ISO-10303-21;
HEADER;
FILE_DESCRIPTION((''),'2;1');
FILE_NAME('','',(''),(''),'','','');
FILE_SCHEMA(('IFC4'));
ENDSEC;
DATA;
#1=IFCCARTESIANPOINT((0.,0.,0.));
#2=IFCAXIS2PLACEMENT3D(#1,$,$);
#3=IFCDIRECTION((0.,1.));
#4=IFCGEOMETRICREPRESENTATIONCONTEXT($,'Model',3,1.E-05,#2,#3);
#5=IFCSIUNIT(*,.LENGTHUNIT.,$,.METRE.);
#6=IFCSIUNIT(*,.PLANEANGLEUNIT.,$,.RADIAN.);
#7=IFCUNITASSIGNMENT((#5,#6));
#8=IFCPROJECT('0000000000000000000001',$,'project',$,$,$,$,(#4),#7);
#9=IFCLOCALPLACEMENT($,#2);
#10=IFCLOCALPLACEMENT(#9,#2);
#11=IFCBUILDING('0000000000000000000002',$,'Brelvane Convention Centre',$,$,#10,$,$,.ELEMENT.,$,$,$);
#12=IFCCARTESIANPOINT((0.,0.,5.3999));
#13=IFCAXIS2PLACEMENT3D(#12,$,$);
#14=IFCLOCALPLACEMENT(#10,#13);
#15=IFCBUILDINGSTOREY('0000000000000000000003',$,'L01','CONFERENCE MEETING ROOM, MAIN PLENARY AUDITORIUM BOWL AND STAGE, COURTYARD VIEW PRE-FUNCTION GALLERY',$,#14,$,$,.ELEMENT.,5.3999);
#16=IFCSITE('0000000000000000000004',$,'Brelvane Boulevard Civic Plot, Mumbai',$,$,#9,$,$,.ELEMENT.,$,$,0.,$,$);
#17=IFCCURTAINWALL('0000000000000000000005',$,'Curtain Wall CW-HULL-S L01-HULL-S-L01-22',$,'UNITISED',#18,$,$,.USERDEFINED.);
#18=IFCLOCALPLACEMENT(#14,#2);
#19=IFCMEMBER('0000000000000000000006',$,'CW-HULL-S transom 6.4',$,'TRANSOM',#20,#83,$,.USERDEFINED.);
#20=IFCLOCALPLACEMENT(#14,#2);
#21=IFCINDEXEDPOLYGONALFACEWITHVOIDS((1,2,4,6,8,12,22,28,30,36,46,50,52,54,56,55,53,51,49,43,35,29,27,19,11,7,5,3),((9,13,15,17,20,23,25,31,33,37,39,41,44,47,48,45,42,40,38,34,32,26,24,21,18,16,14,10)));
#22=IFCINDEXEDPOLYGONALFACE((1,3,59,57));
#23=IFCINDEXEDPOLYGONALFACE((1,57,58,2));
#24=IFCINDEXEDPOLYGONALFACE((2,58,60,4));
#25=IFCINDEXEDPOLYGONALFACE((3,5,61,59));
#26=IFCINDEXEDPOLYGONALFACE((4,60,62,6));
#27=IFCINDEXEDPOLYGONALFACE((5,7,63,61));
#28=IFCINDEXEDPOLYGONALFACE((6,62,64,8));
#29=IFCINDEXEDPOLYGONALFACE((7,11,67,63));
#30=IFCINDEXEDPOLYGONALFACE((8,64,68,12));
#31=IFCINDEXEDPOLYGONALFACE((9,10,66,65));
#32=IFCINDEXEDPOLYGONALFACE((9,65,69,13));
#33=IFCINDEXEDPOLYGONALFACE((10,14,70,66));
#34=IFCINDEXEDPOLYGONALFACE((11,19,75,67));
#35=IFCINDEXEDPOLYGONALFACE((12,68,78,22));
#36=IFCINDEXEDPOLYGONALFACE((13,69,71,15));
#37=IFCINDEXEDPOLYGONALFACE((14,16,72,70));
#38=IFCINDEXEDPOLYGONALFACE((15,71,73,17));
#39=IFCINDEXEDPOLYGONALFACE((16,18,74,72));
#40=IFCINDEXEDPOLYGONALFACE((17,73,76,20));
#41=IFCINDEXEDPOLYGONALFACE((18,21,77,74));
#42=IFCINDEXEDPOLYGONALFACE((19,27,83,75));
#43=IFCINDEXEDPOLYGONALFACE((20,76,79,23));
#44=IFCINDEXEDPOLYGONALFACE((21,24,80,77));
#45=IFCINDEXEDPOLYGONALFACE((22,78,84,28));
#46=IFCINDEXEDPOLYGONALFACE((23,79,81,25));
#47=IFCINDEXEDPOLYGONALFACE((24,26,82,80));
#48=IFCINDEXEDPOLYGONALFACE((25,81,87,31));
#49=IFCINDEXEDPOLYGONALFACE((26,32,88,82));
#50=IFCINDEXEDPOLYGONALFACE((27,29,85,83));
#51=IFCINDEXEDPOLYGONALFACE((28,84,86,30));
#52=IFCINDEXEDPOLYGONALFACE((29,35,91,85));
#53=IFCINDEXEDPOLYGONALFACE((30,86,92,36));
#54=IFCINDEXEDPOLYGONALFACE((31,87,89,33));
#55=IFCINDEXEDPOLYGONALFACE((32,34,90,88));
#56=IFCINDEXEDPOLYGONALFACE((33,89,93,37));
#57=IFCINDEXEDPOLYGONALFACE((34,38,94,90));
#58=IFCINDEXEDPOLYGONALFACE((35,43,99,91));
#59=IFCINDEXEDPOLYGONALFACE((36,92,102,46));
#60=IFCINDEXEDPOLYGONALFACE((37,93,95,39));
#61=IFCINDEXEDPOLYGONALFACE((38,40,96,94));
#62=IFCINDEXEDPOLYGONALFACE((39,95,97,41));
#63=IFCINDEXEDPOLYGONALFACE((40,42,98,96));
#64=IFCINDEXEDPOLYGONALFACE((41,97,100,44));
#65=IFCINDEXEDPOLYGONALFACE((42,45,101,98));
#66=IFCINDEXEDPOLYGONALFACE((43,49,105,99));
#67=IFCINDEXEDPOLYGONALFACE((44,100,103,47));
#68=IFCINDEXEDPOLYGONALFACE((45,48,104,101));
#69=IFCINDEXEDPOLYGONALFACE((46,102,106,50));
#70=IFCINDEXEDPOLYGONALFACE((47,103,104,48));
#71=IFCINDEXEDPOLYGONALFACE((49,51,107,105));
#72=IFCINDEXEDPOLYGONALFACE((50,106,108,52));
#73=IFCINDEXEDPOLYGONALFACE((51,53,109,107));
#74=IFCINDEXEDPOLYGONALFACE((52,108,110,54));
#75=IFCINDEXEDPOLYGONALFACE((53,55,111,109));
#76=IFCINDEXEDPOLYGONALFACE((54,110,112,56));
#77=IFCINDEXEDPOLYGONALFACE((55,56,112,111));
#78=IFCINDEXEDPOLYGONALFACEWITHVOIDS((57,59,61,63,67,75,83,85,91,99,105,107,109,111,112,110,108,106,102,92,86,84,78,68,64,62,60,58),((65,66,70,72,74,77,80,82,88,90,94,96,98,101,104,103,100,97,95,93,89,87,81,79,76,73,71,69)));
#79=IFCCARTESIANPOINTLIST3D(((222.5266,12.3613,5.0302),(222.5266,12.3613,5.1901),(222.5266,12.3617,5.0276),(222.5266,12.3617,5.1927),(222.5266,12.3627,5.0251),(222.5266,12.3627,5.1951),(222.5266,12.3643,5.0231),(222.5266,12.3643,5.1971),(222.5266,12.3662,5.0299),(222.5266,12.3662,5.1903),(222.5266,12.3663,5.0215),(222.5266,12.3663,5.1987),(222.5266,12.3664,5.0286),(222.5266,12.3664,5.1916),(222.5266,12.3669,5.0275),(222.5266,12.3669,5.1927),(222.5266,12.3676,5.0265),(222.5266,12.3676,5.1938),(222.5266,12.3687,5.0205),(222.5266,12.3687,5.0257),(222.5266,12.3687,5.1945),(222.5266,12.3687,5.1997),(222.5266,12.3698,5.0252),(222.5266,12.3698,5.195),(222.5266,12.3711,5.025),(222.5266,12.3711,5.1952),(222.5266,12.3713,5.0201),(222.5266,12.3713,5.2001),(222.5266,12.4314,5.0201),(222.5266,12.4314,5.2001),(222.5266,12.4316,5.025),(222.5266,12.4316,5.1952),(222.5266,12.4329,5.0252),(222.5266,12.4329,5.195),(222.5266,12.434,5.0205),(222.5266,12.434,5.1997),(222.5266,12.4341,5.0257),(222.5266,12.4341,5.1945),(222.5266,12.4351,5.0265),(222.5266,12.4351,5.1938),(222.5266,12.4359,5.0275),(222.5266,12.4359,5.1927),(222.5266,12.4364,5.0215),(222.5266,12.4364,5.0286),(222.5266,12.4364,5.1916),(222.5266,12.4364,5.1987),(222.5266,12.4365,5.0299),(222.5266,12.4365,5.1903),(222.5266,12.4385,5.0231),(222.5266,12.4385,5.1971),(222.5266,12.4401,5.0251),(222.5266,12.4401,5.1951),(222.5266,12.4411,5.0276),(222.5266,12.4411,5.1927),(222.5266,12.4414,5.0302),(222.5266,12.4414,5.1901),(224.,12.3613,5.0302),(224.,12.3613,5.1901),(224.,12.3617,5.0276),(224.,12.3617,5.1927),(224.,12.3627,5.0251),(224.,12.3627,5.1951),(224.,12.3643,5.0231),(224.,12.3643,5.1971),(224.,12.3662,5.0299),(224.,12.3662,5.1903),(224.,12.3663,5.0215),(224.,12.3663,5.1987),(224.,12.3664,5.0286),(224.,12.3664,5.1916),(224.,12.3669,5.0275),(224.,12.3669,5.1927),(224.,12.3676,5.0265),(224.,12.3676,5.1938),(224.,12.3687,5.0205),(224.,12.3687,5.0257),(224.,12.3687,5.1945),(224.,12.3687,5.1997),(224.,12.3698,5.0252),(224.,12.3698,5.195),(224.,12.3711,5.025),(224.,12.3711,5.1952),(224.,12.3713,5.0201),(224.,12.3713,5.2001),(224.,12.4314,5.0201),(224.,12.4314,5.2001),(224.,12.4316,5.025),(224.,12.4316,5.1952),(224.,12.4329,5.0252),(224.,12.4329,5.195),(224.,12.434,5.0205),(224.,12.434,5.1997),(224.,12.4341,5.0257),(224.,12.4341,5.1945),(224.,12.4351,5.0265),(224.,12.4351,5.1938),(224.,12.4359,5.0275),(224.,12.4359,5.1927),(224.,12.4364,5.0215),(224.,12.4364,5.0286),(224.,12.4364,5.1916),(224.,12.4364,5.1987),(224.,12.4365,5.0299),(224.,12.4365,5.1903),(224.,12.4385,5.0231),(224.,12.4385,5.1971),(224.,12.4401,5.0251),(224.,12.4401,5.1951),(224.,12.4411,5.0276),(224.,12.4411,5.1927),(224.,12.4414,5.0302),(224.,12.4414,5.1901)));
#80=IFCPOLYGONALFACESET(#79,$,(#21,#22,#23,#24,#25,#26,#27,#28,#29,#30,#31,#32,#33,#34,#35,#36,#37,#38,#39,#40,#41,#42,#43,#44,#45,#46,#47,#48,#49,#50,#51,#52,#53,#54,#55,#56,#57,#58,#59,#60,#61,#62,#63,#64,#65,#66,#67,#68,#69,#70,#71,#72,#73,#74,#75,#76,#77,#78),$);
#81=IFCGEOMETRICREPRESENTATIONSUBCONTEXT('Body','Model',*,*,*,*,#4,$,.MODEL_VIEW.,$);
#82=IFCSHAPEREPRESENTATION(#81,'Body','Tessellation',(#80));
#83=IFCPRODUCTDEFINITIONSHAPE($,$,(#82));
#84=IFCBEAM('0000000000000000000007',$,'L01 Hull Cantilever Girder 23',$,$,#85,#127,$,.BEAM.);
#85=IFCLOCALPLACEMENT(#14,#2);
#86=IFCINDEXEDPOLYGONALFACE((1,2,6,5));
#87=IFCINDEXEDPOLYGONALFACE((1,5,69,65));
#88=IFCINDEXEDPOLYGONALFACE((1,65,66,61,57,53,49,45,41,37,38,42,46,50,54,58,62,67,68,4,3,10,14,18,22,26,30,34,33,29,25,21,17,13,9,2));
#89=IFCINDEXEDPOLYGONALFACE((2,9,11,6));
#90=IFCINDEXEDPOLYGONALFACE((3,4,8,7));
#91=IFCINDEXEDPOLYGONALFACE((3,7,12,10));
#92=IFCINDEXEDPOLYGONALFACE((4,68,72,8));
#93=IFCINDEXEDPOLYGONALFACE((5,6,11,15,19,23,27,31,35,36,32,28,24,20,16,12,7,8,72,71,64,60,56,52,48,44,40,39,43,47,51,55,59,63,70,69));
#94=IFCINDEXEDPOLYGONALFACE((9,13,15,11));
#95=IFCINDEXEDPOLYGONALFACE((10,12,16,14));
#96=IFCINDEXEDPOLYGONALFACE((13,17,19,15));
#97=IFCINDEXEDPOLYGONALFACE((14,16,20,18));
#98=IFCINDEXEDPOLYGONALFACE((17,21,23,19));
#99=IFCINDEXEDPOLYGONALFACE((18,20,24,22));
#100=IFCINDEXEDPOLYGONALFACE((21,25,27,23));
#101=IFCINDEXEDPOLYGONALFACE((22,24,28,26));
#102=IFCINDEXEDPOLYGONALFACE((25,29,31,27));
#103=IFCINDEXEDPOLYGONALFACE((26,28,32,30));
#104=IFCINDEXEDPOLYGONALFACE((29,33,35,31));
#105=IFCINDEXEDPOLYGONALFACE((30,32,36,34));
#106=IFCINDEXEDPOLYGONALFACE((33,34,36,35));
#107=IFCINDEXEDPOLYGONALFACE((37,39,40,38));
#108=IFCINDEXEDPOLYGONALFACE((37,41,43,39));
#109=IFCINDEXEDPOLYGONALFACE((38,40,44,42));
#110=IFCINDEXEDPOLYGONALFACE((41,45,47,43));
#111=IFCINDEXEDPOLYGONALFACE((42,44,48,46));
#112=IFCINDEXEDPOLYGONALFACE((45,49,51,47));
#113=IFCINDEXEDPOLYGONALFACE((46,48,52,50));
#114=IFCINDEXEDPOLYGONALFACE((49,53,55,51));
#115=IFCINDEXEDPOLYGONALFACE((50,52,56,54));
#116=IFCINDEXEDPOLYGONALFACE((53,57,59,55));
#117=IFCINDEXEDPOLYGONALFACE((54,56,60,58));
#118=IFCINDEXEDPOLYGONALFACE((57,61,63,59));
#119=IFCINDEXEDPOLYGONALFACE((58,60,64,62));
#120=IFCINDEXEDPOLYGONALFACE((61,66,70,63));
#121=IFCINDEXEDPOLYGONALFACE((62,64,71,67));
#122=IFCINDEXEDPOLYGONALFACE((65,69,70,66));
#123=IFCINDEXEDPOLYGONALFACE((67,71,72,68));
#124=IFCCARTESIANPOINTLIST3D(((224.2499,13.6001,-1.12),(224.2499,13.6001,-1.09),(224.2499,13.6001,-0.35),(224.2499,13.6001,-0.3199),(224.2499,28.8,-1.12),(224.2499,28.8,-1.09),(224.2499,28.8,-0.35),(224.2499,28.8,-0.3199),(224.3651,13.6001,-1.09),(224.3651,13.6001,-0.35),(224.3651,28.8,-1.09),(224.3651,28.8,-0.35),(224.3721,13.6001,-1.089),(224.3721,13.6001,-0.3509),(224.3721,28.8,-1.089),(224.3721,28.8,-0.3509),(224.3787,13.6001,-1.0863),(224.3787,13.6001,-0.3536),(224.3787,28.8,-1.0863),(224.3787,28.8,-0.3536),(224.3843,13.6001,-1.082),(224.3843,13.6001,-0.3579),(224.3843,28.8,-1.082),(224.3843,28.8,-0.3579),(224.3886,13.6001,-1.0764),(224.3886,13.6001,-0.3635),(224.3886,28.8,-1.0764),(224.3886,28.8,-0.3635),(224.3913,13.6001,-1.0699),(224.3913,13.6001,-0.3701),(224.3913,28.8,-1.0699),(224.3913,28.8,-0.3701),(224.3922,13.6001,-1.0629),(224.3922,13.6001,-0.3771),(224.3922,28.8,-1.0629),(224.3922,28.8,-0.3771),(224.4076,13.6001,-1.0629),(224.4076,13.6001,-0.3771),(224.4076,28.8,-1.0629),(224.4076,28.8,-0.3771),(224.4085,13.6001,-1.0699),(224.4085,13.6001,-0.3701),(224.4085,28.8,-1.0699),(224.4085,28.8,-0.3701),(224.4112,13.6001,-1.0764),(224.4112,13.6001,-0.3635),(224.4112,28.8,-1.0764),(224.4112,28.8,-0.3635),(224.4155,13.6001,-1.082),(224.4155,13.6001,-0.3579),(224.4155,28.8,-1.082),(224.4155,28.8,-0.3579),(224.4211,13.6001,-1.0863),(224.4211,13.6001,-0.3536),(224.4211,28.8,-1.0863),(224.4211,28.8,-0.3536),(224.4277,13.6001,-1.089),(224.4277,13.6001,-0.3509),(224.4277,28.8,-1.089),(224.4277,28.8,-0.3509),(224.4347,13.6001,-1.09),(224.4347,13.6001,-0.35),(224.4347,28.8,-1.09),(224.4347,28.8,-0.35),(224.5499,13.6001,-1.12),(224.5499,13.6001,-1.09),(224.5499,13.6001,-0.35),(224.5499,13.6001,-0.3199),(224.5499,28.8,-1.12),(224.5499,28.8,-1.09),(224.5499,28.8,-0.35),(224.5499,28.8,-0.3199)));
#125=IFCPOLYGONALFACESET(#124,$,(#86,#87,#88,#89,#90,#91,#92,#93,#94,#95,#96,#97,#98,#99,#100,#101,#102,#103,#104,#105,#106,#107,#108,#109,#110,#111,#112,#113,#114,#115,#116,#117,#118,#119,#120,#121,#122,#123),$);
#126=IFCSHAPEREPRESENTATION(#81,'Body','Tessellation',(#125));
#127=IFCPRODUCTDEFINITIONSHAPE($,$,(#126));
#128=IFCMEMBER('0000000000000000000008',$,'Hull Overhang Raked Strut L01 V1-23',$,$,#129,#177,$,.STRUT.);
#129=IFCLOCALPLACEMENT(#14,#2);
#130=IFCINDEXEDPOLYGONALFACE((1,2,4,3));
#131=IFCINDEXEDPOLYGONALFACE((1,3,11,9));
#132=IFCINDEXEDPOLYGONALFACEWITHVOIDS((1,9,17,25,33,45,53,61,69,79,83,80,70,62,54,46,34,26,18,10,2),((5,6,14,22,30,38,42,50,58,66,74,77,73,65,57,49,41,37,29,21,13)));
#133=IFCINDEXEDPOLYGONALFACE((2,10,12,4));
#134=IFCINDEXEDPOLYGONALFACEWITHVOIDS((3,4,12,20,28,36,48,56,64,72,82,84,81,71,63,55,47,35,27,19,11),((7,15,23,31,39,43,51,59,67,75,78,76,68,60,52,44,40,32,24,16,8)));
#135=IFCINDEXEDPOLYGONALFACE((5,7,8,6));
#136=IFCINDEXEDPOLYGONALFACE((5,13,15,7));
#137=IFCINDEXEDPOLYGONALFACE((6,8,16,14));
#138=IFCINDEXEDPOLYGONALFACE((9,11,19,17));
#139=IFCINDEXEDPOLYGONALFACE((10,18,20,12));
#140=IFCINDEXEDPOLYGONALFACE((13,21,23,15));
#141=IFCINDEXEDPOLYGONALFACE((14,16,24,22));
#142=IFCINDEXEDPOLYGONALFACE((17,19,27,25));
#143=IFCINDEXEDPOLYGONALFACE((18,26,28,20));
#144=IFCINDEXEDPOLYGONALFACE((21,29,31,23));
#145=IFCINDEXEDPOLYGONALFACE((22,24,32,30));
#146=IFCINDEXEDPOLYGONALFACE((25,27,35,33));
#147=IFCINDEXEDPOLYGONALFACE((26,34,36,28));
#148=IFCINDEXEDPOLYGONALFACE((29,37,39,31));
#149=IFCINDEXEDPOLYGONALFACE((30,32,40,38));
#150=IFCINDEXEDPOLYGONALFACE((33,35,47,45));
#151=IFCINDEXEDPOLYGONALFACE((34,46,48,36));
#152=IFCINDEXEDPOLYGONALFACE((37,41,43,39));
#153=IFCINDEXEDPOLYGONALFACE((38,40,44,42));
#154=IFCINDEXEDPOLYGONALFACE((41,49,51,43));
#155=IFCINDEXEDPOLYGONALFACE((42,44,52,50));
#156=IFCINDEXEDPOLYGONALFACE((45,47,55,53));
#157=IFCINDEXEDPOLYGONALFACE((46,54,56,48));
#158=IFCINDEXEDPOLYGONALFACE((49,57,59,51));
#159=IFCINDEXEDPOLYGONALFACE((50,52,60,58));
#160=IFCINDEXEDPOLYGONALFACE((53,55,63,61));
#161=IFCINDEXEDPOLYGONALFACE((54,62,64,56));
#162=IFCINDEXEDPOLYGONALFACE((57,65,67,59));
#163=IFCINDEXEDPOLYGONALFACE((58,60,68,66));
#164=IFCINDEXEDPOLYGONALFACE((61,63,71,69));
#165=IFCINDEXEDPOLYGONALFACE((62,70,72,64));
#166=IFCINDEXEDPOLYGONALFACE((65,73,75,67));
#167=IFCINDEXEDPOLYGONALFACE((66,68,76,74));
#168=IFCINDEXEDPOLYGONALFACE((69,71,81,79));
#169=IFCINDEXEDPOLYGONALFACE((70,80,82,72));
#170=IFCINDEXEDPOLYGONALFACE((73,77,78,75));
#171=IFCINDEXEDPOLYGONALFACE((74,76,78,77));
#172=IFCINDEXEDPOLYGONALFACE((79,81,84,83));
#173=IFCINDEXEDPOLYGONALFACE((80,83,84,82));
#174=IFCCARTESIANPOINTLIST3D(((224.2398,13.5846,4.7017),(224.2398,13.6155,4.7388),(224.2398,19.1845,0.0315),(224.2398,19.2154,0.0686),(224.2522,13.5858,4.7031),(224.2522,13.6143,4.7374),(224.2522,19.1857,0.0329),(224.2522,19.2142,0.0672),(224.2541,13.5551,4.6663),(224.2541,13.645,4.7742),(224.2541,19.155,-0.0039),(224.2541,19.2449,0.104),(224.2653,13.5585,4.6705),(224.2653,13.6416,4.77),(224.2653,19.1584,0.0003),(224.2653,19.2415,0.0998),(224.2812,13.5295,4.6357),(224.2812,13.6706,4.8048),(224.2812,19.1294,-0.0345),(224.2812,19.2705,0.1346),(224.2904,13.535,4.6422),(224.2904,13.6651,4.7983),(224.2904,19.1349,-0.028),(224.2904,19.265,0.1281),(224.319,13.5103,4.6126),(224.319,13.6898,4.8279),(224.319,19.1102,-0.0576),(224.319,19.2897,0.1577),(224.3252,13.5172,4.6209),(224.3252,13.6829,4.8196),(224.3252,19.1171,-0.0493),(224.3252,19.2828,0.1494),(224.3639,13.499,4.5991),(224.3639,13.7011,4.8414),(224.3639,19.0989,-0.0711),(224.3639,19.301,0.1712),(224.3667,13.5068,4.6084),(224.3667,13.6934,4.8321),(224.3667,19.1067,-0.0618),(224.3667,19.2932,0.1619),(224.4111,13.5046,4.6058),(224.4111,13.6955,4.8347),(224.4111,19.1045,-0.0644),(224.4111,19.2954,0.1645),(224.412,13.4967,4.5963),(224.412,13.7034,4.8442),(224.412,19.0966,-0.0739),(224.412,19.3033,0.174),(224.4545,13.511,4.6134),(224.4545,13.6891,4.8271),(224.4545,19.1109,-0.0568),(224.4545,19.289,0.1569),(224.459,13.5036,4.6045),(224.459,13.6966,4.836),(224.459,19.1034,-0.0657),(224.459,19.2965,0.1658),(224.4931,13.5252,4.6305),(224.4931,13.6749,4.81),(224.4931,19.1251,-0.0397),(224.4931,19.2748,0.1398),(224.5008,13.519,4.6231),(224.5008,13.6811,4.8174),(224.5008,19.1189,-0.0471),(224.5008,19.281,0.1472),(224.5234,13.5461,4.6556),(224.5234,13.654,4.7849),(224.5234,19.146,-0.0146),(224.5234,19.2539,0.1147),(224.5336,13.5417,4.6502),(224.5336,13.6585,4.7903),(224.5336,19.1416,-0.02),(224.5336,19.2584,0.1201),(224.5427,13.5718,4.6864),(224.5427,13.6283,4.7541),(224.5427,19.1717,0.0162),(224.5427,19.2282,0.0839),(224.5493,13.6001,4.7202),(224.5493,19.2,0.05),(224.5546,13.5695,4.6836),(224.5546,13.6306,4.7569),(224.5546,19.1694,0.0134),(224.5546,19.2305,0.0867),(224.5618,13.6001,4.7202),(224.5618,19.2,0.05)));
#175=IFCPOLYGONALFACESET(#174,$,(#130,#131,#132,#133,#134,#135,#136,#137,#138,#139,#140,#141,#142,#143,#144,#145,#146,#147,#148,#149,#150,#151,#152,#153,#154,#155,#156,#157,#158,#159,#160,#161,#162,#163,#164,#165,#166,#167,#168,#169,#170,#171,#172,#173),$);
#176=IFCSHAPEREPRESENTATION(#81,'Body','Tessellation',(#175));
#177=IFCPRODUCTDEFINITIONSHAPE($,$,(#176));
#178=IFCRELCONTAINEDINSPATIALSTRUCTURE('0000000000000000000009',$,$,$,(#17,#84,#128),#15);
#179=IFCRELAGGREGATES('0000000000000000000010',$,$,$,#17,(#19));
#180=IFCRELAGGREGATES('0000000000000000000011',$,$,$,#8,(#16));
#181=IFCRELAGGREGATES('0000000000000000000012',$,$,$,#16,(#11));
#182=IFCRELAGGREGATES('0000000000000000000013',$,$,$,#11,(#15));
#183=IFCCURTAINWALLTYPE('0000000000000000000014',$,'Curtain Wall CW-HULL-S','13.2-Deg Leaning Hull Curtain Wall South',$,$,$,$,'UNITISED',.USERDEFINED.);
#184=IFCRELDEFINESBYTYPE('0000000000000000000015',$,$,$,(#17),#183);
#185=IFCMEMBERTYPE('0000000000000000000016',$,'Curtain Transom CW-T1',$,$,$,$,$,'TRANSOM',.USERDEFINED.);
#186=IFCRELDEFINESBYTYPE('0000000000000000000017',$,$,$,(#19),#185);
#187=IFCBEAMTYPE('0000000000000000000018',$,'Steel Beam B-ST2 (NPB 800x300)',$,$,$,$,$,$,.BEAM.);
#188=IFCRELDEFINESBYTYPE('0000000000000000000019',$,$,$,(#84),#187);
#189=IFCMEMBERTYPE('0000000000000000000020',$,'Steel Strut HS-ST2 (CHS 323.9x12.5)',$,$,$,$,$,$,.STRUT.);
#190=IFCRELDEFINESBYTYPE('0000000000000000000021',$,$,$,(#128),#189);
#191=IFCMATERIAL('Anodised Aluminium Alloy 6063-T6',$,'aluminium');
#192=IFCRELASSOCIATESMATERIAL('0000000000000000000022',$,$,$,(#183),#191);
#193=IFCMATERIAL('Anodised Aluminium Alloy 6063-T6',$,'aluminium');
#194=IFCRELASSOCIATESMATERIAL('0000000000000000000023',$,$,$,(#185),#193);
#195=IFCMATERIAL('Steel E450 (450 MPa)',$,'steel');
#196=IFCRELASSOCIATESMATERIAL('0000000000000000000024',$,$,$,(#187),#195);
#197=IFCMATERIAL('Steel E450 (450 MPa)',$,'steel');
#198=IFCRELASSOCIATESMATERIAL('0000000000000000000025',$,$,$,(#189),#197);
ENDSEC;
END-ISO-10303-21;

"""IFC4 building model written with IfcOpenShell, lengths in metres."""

from ifc_helpers import new_model, si_unit, direction, frame, origin, origin_2d, place, context, subcontext, project, spatial, hollow_rectangle, hollow_circle, i_section, extrude, material, material_profile, profile_set, type_object, element, aggregate, save


model = new_model("IFC4")

# Units and contexts
model_context = context("Model", 3, precision=1e-05, world=origin(), true_north=direction((0.0, 1.0)))
body_context = subcontext(model_context, "Body", "Model", "MODEL_VIEW")
ifc_project = project(units=[si_unit("LENGTHUNIT", "METRE"), si_unit("PLANEANGLEUNIT", "RADIAN")], contexts=[model_context])

# Site, building, storey
site_placement = place(None, origin())
site = spatial("IfcSite", under=ifc_project, at=site_placement, Name="Brelvane Boulevard Civic Plot, Mumbai", CompositionType="ELEMENT", RefElevation=0.0)
building_placement = place(site_placement, origin())
building = spatial("IfcBuilding", under=site, at=building_placement, Name="Brelvane Convention Centre", CompositionType="ELEMENT")
storey_placement = place(building_placement, frame((0.0, 0.0, 5.3999)))
storey = spatial("IfcBuildingStorey", under=building, at=storey_placement, Name="L01", Description="CONFERENCE MEETING ROOM, MAIN PLENARY AUDITORIUM BOWL AND STAGE, COURTYARD VIEW PRE-FUNCTION GALLERY", CompositionType="ELEMENT", Elevation=5.3999)

# Curtain wall
ifc_material_1 = material(Name="Anodised Aluminium Alloy 6063-T6", Category="aluminium")
curtain_wall_type_1 = type_object("IfcCurtainWallType", Name="Curtain Wall CW-HULL-S", Description="13.2-Deg Leaning Hull Curtain Wall South", ElementType="UNITISED", PredefinedType="USERDEFINED", material=ifc_material_1)
curtain_wall_1_placement = place(storey_placement, origin())
curtain_wall_1 = element("IfcCurtainWall", 1, at=curtain_wall_1_placement, inside=storey, type_object=curtain_wall_type_1, Name="Curtain Wall CW-HULL-S L01-HULL-S-L01-22", ObjectType="UNITISED", PredefinedType="USERDEFINED")

# Member
ifc_material_2 = material(Name="Anodised Aluminium Alloy 6063-T6", Category="aluminium")
ifc_material_profile_1 = material_profile(ifc_material_2, hollow_rectangle(XDim=0.0801, YDim=0.1799, WallThickness=0.0049, InnerFilletRadius=0.0049, OuterFilletRadius=0.01, at=origin_2d()), Name="ALU-T 180x80x5.0")
ifc_profile_set_1 = profile_set([ifc_material_profile_1], Name="Anodised Aluminium Alloy 6063-T6")
member_type_1 = type_object("IfcMemberType", Name="Curtain Transom CW-T1", ElementType="TRANSOM", PredefinedType="USERDEFINED", material=ifc_profile_set_1)
member_1_placement = place(storey_placement, frame((222.5266, 12.4014, 5.1101), z_axis=(1.0, 0.0, 0.0), x_axis=(0.0, 1.0, 0.0)))
member_1 = element("IfcMember", 2, at=member_1_placement, type_object=member_type_1, Name="CW-HULL-S transom 6.4", ObjectType="TRANSOM", PredefinedType="USERDEFINED", context=body_context, shape_type="SweptSolid", body=[
    extrude(hollow_rectangle(XDim=0.0801, YDim=0.1799, WallThickness=0.0049, InnerFilletRadius=0.0049, OuterFilletRadius=0.01, at=origin_2d()), origin(), (0.0, 0.0, 1.0), 1.4734),
])

# Beam
ifc_material_3 = material(Name="Steel E450 (450 MPa)", Category="steel")
ifc_material_profile_2 = material_profile(ifc_material_3, i_section(OverallWidth=0.3, OverallDepth=0.8, WebThickness=0.0154, FlangeThickness=0.03, FilletRadius=0.0271, at=origin_2d()), Name="NPB 800x300")
ifc_profile_set_2 = profile_set([ifc_material_profile_2], Name="Steel E450 (450 MPa)")
beam_type = type_object("IfcBeamType", Name="Steel Beam B-ST2 (NPB 800x300)", PredefinedType="BEAM", material=ifc_profile_set_2)
beam_placement = place(storey_placement, frame((224.3999, 13.6001, -0.72), z_axis=(0.0, 1.0, 0.0), x_axis=(-1.0, 0.0, 0.0)))
element("IfcBeam", 3, at=beam_placement, inside=storey, type_object=beam_type, Name="L01 Hull Cantilever Girder 23", PredefinedType="BEAM", context=body_context, shape_type="SweptSolid", body=[
    extrude(i_section(OverallWidth=0.3, OverallDepth=0.8, WebThickness=0.0154, FlangeThickness=0.03, FilletRadius=0.0271, at=origin_2d()), origin(), (0.0, 0.0, 1.0), 15.2),
])

# Member
ifc_material_4 = material(Name="Steel E450 (450 MPa)", Category="steel")
ifc_material_profile_3 = material_profile(ifc_material_4, hollow_circle(Radius=0.1619, WallThickness=0.0125, at=origin_2d()), Name="CHS 323.9x12.5")
ifc_profile_set_3 = profile_set([ifc_material_profile_3], Name="Steel E450 (450 MPa)")
member_type_2 = type_object("IfcMemberType", Name="Steel Strut HS-ST2 (CHS 323.9x12.5)", PredefinedType="STRUT", material=ifc_profile_set_3)
member_2_placement = place(storey_placement, frame((224.3999, 19.2, 0.05), z_axis=(0.0, -0.767977, 0.640477), x_axis=(1.0, 0.0, 0.0)))
element("IfcMember", 4, at=member_2_placement, inside=storey, type_object=member_type_2, Name="Hull Overhang Raked Strut L01 V1-23", PredefinedType="STRUT", context=body_context, shape_type="SweptSolid", body=[
    extrude(hollow_circle(Radius=0.1619, WallThickness=0.0125, at=origin_2d()), origin(), (0.0, 0.0, 1.0), 7.2917),
])

aggregate(curtain_wall_1, [member_1])

save(model, "model.ifc")
